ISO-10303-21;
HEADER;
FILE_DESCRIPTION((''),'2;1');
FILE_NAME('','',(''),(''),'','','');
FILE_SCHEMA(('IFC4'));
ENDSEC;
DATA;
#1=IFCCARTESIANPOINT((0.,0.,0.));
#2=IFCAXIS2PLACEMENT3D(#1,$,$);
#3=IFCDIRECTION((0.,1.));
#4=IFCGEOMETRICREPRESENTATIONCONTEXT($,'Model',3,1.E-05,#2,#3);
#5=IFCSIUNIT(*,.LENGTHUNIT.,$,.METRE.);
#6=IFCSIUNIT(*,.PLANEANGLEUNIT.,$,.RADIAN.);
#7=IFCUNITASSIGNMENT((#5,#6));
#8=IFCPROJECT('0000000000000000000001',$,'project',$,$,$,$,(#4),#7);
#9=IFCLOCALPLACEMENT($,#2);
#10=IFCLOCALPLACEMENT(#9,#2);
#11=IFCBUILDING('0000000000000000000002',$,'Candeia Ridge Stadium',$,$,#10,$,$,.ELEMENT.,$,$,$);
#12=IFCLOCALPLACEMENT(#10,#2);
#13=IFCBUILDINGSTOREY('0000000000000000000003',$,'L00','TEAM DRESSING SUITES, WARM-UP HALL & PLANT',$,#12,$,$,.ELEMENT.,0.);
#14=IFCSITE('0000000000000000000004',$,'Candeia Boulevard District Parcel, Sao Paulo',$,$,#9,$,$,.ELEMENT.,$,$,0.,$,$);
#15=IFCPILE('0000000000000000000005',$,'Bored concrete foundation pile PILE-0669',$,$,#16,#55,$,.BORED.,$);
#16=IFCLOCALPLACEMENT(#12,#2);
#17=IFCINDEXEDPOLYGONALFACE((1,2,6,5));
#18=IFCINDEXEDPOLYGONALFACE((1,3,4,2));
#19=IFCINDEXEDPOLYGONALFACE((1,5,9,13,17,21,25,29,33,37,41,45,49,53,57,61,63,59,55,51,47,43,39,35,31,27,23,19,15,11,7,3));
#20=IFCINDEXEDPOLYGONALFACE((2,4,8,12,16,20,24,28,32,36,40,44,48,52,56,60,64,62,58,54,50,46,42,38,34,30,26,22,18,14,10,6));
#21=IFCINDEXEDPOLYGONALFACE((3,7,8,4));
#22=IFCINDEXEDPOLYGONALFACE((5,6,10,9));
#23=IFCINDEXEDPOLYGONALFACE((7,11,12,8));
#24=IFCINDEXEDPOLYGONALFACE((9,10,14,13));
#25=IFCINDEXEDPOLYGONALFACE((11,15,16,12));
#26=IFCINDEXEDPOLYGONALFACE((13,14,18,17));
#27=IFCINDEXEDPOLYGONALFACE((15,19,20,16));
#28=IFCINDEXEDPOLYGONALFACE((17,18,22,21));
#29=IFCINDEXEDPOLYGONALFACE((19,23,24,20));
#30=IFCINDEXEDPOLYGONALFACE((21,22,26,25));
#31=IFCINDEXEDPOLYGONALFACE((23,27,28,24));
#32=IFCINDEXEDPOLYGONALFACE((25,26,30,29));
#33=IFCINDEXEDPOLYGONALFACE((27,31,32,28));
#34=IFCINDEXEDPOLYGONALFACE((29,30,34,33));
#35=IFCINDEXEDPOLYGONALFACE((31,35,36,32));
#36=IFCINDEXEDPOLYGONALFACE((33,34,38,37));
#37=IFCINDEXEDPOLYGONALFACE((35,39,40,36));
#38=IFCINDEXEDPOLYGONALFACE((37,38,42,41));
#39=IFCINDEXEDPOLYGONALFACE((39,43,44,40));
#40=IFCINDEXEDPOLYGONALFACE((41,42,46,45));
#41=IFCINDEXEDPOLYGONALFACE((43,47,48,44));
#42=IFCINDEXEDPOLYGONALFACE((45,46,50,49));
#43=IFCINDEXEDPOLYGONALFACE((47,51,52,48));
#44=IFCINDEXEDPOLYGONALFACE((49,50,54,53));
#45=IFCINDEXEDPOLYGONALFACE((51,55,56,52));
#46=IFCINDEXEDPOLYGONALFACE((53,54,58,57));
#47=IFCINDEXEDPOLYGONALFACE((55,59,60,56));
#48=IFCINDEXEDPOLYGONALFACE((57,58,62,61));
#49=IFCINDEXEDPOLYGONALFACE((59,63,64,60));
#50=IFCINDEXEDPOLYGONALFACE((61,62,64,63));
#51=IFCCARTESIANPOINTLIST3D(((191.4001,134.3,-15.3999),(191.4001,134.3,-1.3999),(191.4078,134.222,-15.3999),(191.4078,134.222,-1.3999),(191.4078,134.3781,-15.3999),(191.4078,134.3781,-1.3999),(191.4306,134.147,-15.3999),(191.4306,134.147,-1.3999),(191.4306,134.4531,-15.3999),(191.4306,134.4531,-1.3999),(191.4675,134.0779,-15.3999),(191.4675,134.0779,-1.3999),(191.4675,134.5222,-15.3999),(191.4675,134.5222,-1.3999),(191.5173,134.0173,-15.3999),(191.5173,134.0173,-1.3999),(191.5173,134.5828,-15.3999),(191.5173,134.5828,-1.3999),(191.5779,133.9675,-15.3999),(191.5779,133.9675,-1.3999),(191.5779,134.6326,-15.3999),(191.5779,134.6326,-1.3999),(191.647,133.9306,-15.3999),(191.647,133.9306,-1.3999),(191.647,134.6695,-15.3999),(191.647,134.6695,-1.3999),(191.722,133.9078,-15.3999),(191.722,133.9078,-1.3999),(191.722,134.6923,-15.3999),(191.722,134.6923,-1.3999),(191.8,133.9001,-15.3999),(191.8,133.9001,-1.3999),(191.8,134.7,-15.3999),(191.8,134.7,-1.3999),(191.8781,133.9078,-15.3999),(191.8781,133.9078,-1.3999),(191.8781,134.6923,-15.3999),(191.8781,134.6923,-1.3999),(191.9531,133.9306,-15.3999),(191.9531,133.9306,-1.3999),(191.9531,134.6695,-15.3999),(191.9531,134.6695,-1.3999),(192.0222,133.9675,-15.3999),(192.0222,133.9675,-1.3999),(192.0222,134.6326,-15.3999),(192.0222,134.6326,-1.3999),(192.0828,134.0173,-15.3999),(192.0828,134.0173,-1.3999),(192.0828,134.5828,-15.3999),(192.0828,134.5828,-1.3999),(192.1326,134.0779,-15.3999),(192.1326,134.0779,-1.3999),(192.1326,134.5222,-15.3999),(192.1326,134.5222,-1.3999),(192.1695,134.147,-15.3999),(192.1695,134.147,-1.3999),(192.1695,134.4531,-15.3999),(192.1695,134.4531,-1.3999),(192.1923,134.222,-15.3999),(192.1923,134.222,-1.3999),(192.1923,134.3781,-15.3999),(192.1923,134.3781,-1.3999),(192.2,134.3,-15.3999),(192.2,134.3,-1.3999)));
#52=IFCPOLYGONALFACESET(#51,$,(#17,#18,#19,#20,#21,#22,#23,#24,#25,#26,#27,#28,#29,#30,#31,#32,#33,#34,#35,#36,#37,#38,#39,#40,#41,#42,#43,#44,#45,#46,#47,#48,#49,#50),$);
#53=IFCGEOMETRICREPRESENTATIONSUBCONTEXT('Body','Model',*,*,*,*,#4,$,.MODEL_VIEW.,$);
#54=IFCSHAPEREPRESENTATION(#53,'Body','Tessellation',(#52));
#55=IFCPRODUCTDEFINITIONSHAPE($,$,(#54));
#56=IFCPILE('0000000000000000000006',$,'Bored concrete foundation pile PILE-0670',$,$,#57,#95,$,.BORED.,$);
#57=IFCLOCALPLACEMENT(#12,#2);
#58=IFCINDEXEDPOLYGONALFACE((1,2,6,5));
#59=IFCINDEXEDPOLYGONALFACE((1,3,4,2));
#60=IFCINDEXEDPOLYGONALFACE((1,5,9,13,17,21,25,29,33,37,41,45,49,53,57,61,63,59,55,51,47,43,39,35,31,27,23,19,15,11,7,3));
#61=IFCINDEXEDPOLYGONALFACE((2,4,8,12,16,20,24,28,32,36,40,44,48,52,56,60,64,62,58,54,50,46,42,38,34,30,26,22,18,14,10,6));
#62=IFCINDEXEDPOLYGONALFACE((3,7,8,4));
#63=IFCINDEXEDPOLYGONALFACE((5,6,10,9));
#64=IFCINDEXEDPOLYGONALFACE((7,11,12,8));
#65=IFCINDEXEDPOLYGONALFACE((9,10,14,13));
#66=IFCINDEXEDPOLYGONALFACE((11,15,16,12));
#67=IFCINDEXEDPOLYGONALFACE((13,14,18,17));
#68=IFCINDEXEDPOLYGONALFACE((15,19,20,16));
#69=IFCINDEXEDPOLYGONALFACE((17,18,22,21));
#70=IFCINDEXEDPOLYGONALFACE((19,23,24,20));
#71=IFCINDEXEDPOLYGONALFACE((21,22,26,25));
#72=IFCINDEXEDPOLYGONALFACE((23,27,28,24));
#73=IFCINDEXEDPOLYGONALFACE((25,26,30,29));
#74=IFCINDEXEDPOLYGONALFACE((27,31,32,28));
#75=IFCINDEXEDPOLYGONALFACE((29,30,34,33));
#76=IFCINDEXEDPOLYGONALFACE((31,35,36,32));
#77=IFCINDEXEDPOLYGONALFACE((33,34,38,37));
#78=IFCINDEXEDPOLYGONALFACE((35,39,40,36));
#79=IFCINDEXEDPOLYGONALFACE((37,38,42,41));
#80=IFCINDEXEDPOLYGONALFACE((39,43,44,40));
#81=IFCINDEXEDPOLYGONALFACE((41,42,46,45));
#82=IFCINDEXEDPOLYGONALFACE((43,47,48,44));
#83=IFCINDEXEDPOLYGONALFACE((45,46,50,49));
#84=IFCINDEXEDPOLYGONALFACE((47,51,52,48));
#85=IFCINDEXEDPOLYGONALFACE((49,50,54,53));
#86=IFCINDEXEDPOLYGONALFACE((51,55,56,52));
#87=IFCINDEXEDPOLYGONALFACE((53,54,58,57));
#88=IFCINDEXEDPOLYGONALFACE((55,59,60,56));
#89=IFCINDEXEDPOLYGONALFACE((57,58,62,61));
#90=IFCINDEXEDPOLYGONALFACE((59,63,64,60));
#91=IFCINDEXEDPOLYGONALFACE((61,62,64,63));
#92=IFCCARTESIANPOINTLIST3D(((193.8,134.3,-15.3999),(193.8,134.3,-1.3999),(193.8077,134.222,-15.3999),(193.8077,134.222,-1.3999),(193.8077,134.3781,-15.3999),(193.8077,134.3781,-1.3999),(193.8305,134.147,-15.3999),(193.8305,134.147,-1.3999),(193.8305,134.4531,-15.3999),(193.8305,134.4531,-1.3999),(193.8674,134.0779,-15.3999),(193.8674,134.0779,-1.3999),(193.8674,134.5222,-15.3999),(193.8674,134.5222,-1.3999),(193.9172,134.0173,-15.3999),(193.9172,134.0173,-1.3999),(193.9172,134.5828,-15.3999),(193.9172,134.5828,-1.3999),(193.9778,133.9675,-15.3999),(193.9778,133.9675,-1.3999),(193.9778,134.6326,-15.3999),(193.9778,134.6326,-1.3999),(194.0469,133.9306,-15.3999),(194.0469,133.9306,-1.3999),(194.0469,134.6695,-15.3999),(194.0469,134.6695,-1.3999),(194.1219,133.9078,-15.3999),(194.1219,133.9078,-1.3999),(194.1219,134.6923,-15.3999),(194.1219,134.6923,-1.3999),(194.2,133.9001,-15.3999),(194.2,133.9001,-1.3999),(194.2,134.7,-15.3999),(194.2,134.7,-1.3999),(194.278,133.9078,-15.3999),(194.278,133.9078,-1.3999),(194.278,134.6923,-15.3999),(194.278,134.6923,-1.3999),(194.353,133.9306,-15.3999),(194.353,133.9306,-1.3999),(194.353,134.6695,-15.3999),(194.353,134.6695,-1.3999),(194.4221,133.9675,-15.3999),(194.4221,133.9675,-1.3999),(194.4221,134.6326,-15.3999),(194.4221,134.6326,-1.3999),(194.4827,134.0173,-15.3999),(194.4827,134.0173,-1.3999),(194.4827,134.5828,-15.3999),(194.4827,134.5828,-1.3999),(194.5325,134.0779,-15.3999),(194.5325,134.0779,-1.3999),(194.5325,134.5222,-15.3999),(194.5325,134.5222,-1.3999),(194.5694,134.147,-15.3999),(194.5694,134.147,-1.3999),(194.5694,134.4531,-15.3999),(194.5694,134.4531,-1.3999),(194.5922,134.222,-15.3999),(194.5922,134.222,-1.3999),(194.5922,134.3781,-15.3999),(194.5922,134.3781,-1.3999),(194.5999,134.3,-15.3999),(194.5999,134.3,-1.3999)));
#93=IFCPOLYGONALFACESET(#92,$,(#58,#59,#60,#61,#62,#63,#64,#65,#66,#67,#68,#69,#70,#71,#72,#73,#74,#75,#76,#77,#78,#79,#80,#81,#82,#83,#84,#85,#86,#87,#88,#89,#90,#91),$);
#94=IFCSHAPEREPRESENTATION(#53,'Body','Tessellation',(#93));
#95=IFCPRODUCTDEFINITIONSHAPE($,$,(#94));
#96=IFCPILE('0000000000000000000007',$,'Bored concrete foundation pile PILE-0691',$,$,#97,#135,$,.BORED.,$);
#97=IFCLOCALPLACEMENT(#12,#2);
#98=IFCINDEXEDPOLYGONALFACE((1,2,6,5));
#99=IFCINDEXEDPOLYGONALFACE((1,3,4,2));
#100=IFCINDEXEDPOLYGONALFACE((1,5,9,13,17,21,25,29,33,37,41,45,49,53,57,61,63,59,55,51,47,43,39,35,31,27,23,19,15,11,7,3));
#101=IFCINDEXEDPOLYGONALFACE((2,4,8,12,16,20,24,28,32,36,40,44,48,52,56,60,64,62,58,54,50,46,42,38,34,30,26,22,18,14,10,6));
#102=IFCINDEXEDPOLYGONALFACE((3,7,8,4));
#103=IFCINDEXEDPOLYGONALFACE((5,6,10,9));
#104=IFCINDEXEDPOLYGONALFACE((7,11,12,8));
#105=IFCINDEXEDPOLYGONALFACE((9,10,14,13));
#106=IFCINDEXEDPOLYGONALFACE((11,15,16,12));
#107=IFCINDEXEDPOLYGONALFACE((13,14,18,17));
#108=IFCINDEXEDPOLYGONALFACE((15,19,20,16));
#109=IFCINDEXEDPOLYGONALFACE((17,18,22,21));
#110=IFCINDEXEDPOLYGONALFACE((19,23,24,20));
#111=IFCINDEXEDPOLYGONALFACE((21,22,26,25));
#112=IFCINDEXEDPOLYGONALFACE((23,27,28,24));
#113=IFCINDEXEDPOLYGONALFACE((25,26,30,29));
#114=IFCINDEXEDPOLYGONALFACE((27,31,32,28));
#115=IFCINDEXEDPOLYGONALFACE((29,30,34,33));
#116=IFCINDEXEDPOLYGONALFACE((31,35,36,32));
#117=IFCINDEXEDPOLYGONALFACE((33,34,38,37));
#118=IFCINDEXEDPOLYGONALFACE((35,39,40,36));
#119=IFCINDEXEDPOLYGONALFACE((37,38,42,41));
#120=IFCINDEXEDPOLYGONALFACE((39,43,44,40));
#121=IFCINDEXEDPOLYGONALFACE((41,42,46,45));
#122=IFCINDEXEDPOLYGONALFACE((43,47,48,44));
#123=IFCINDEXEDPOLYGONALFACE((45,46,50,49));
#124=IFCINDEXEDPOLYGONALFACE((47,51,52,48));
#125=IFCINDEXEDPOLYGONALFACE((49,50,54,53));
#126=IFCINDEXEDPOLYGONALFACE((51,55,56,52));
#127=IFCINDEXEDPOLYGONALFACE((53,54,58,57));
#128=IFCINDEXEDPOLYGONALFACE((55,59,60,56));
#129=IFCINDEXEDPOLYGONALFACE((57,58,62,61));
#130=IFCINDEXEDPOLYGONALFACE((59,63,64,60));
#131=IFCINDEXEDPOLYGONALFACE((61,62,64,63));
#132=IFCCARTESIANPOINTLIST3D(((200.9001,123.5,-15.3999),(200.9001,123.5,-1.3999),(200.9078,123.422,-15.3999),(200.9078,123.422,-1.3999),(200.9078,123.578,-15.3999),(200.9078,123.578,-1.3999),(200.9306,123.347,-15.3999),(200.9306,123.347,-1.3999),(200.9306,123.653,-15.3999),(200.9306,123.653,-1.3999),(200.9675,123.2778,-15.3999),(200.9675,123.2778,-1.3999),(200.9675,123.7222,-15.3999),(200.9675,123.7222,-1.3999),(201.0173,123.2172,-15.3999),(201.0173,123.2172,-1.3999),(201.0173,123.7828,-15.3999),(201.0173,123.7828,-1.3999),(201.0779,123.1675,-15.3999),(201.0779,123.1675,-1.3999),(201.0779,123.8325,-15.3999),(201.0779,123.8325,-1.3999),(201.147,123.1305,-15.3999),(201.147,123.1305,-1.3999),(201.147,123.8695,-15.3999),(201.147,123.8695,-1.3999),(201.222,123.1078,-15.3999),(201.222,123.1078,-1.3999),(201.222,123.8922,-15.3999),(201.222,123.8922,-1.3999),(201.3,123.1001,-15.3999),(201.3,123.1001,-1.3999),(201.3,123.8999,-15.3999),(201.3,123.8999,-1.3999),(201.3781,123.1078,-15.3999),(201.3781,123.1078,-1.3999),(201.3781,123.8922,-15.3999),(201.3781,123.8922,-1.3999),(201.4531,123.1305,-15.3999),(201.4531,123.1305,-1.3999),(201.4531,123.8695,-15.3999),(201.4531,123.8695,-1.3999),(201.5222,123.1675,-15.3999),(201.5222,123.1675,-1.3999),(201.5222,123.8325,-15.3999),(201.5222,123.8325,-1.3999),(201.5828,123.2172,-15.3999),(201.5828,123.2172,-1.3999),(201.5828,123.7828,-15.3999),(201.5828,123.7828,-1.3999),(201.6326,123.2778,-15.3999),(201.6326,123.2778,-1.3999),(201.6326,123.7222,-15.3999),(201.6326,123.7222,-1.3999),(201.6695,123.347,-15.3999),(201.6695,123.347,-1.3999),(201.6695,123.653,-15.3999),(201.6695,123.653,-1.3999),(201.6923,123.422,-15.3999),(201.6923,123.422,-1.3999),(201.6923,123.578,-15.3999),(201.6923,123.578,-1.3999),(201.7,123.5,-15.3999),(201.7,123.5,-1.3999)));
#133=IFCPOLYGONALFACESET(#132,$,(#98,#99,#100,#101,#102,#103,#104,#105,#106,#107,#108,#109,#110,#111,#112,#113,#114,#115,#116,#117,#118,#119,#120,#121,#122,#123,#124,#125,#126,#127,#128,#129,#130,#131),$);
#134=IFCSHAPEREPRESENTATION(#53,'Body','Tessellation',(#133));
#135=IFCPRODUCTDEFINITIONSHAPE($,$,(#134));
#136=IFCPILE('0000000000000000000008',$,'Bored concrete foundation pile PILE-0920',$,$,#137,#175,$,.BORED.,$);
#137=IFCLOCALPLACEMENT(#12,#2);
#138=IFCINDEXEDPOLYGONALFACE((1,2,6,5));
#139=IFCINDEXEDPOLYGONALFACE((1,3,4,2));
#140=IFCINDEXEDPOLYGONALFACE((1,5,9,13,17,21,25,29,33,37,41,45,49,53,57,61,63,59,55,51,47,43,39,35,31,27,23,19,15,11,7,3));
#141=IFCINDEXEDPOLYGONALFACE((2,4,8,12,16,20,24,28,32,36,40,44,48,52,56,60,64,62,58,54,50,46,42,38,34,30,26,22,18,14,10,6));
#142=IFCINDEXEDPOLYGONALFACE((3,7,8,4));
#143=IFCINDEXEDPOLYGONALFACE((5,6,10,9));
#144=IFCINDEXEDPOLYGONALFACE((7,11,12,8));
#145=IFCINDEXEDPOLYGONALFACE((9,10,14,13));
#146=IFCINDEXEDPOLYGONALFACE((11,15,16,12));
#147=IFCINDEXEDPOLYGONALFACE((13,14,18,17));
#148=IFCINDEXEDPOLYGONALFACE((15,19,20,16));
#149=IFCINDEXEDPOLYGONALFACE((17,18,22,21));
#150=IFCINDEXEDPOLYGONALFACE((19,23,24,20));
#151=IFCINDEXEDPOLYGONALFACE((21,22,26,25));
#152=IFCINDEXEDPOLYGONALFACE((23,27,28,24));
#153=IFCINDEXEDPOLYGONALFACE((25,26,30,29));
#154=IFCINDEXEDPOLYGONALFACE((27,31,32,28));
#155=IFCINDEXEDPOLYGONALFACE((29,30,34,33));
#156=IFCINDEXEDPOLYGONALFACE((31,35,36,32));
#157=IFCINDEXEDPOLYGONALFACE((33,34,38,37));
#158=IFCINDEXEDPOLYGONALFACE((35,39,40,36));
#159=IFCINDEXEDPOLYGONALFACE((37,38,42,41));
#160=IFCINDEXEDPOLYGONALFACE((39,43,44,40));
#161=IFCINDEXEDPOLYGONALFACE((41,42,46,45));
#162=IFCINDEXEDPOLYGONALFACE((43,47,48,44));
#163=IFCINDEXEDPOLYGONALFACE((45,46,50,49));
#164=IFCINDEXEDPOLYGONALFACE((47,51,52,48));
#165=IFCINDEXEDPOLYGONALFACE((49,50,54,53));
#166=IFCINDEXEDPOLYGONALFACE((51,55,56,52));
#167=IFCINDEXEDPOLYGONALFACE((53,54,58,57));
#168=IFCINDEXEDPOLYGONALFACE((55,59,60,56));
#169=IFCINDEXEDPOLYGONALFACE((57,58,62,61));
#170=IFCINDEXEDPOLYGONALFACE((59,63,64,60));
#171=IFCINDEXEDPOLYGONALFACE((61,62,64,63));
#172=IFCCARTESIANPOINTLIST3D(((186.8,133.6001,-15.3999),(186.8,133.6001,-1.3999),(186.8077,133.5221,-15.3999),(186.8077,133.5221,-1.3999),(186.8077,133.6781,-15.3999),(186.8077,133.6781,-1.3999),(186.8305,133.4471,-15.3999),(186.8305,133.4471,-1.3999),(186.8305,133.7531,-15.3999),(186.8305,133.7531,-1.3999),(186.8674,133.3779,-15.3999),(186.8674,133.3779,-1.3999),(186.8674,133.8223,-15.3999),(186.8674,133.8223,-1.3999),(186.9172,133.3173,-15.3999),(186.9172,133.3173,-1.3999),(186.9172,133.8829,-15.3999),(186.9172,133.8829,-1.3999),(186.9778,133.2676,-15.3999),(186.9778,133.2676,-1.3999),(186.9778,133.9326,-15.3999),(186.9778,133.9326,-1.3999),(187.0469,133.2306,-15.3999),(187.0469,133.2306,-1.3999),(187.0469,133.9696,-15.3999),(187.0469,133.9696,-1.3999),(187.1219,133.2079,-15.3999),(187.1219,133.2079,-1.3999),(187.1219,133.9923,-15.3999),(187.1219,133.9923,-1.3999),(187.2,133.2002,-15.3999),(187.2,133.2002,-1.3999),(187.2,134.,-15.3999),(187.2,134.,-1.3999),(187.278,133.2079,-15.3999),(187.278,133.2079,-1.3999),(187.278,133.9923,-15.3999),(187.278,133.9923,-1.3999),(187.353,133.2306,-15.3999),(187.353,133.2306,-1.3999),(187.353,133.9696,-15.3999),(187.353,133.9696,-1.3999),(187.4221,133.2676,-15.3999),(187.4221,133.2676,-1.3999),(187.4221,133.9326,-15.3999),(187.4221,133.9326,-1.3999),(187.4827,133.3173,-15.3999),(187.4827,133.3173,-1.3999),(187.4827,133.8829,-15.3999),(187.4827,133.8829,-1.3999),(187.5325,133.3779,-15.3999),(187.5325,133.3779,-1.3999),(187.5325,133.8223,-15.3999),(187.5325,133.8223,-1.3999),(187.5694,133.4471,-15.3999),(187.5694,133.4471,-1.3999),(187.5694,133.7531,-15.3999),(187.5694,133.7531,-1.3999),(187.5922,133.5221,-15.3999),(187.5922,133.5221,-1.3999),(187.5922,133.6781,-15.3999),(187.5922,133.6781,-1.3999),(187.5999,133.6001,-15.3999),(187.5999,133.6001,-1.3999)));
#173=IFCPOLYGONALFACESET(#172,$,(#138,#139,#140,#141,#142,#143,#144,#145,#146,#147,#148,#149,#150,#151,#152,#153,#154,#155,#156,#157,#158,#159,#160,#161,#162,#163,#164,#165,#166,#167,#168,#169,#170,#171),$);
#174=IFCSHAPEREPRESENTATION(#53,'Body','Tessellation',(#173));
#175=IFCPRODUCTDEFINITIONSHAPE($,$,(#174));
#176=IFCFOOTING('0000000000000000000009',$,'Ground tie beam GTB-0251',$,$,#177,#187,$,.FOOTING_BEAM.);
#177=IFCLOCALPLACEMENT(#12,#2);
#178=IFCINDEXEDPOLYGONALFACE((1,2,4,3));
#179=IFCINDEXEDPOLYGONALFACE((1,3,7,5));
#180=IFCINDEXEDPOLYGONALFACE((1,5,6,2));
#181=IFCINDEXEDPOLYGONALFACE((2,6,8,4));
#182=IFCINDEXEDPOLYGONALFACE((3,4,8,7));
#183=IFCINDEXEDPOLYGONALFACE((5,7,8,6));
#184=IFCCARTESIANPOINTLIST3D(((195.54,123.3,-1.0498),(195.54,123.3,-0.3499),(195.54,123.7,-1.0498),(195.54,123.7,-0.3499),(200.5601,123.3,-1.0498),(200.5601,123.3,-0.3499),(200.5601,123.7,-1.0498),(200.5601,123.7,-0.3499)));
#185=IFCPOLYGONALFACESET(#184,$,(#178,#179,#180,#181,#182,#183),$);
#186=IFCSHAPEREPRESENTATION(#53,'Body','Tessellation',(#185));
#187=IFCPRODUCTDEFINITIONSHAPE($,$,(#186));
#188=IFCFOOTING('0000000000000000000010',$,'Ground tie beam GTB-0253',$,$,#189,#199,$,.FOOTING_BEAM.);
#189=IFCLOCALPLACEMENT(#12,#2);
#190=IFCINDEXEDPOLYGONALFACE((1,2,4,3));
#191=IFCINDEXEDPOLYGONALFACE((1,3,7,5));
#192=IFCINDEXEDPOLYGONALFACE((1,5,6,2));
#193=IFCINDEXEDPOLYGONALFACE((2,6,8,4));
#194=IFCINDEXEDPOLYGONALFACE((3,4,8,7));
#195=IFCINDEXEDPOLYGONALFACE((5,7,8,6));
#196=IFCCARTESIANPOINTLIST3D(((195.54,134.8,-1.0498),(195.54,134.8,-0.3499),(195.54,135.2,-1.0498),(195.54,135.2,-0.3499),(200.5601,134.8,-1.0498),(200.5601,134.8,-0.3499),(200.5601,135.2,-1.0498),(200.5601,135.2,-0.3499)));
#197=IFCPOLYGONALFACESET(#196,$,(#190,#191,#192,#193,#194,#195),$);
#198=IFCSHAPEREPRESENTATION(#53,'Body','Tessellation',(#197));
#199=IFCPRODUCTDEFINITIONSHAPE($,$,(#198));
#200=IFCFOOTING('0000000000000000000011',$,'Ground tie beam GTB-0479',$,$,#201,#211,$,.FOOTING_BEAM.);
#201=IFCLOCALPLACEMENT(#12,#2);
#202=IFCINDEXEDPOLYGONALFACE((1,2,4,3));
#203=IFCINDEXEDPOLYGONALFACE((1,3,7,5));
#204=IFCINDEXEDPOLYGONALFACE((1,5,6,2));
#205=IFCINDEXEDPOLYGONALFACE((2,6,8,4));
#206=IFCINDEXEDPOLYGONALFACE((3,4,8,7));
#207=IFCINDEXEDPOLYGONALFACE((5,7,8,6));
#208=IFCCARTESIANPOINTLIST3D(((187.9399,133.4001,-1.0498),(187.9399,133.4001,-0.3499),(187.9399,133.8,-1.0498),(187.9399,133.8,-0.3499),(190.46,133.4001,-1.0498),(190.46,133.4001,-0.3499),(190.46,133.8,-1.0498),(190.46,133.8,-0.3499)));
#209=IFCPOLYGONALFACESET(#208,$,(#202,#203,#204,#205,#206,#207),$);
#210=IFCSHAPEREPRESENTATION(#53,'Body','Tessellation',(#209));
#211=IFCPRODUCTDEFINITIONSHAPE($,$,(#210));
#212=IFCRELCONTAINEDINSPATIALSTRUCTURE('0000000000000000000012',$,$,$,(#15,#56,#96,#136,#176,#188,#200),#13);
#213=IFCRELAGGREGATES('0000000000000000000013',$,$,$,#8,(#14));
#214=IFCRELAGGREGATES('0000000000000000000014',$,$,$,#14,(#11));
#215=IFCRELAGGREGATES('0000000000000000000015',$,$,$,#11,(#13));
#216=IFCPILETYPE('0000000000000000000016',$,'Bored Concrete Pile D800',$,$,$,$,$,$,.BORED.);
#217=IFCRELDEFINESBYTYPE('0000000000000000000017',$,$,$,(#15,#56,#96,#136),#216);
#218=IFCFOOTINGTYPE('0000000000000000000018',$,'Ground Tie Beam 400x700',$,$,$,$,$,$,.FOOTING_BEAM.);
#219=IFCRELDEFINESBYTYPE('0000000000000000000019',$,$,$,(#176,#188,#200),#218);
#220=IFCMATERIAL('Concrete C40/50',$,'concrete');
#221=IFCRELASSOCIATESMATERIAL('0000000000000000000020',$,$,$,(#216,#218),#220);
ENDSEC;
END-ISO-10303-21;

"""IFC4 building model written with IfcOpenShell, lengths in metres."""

from ifc_helpers import new_model, si_unit, direction, frame, origin, origin_2d, place, context, subcontext, project, spatial, rectangle, circle, extrude, material, material_profile, profile_set, type_object, element, save


model = new_model("IFC4")

# Units and contexts
model_context = context("Model", 3, precision=1e-05, world=origin(), true_north=direction((0.0, 1.0)))
body_context = subcontext(model_context, "Body", "Model", "MODEL_VIEW")
ifc_project = project(units=[si_unit("LENGTHUNIT", "METRE"), si_unit("PLANEANGLEUNIT", "RADIAN")], contexts=[model_context])

# Site, building, storey
site_placement = place(None, origin())
site = spatial("IfcSite", under=ifc_project, at=site_placement, Name="Candeia Boulevard District Parcel, Sao Paulo", CompositionType="ELEMENT", RefElevation=0.0)
building_placement = place(site_placement, origin())
building = spatial("IfcBuilding", under=site, at=building_placement, Name="Candeia Ridge Stadium", CompositionType="ELEMENT")
storey_placement = place(building_placement, origin())
storey = spatial("IfcBuildingStorey", under=building, at=storey_placement, Name="L00", Description="TEAM DRESSING SUITES, WARM-UP HALL & PLANT", CompositionType="ELEMENT", Elevation=0.0)

# Piles
ifc_material_1 = material(Name="Concrete C40/50", Category="concrete")
ifc_material_profile_1 = material_profile(ifc_material_1, circle(Radius=0.3999, at=origin_2d()), Name="PILE-D800", Category="concrete")
ifc_profile_set_1 = profile_set([ifc_material_profile_1], Name="Concrete C40/50")
pile_type_1 = type_object("IfcPileType", Name="Bored Concrete Pile D800", PredefinedType="BORED", material=ifc_profile_set_1)
for number, where, z_axis, x_axis, name in (
    (1, (191.8, 134.3, -1.3999), (0.0, 0.0, -1.0), (1.0, 0.0, 0.0), "Bored concrete foundation pile PILE-0669"),
    (2, (194.2, 134.3, -1.3999), (0.0, 0.0, -1.0), (1.0, 0.0, 0.0), "Bored concrete foundation pile PILE-0670"),
    (3, (201.3, 123.5, -1.3999), (0.0, 0.0, -1.0), (1.0, 0.0, 0.0), "Bored concrete foundation pile PILE-0691"),
    (4, (187.2, 133.6001, -1.3999), (0.0, 0.0, -1.0), (1.0, 0.0, 0.0), "Bored concrete foundation pile PILE-0920"),
):
    element("IfcPile", number, at=place(storey_placement, frame(where, z_axis=z_axis, x_axis=x_axis)), inside=storey, type_object=pile_type_1, Name=name, PredefinedType="BORED", context=body_context, shape_type="SweptSolid", body=[
        extrude(circle(Radius=0.3999, at=origin_2d()), origin(), (0.0, 0.0, 1.0), 14.0),
    ])

# Footings
footing_type_1 = type_object("IfcFootingType", Name="Ground Tie Beam 400x700", PredefinedType="FOOTING_BEAM", material=ifc_material_1)
for number, where, z_axis, x_axis, name in (
    (5, (198.05, 123.5, -1.0498), (0.0, 0.0, 1.0), (1.0, 0.0, 0.0), "Ground tie beam GTB-0251"),
    (6, (198.05, 135.0, -1.0498), (0.0, 0.0, 1.0), (1.0, 0.0, 0.0), "Ground tie beam GTB-0253"),
):
    element("IfcFooting", number, at=place(storey_placement, frame(where, z_axis=z_axis, x_axis=x_axis)), inside=storey, type_object=footing_type_1, Name=name, PredefinedType="FOOTING_BEAM", context=body_context, shape_type="SweptSolid", body=[
        extrude(rectangle(XDim=5.02, YDim=0.3999, at=origin_2d()), origin(), (0.0, 0.0, 1.0), 0.7),
    ])
footing_1_placement = place(storey_placement, frame((189.2, 133.6001, -1.0498), z_axis=(0.0, 0.0, 1.0), x_axis=(1.0, 0.0, 0.0)))
element("IfcFooting", 7, at=footing_1_placement, inside=storey, type_object=footing_type_1, Name="Ground tie beam GTB-0479", PredefinedType="FOOTING_BEAM", context=body_context, shape_type="SweptSolid", body=[
    extrude(rectangle(XDim=2.52, YDim=0.3999, at=origin_2d()), origin(), (0.0, 0.0, 1.0), 0.7),
])

save(model, "model.ifc")
